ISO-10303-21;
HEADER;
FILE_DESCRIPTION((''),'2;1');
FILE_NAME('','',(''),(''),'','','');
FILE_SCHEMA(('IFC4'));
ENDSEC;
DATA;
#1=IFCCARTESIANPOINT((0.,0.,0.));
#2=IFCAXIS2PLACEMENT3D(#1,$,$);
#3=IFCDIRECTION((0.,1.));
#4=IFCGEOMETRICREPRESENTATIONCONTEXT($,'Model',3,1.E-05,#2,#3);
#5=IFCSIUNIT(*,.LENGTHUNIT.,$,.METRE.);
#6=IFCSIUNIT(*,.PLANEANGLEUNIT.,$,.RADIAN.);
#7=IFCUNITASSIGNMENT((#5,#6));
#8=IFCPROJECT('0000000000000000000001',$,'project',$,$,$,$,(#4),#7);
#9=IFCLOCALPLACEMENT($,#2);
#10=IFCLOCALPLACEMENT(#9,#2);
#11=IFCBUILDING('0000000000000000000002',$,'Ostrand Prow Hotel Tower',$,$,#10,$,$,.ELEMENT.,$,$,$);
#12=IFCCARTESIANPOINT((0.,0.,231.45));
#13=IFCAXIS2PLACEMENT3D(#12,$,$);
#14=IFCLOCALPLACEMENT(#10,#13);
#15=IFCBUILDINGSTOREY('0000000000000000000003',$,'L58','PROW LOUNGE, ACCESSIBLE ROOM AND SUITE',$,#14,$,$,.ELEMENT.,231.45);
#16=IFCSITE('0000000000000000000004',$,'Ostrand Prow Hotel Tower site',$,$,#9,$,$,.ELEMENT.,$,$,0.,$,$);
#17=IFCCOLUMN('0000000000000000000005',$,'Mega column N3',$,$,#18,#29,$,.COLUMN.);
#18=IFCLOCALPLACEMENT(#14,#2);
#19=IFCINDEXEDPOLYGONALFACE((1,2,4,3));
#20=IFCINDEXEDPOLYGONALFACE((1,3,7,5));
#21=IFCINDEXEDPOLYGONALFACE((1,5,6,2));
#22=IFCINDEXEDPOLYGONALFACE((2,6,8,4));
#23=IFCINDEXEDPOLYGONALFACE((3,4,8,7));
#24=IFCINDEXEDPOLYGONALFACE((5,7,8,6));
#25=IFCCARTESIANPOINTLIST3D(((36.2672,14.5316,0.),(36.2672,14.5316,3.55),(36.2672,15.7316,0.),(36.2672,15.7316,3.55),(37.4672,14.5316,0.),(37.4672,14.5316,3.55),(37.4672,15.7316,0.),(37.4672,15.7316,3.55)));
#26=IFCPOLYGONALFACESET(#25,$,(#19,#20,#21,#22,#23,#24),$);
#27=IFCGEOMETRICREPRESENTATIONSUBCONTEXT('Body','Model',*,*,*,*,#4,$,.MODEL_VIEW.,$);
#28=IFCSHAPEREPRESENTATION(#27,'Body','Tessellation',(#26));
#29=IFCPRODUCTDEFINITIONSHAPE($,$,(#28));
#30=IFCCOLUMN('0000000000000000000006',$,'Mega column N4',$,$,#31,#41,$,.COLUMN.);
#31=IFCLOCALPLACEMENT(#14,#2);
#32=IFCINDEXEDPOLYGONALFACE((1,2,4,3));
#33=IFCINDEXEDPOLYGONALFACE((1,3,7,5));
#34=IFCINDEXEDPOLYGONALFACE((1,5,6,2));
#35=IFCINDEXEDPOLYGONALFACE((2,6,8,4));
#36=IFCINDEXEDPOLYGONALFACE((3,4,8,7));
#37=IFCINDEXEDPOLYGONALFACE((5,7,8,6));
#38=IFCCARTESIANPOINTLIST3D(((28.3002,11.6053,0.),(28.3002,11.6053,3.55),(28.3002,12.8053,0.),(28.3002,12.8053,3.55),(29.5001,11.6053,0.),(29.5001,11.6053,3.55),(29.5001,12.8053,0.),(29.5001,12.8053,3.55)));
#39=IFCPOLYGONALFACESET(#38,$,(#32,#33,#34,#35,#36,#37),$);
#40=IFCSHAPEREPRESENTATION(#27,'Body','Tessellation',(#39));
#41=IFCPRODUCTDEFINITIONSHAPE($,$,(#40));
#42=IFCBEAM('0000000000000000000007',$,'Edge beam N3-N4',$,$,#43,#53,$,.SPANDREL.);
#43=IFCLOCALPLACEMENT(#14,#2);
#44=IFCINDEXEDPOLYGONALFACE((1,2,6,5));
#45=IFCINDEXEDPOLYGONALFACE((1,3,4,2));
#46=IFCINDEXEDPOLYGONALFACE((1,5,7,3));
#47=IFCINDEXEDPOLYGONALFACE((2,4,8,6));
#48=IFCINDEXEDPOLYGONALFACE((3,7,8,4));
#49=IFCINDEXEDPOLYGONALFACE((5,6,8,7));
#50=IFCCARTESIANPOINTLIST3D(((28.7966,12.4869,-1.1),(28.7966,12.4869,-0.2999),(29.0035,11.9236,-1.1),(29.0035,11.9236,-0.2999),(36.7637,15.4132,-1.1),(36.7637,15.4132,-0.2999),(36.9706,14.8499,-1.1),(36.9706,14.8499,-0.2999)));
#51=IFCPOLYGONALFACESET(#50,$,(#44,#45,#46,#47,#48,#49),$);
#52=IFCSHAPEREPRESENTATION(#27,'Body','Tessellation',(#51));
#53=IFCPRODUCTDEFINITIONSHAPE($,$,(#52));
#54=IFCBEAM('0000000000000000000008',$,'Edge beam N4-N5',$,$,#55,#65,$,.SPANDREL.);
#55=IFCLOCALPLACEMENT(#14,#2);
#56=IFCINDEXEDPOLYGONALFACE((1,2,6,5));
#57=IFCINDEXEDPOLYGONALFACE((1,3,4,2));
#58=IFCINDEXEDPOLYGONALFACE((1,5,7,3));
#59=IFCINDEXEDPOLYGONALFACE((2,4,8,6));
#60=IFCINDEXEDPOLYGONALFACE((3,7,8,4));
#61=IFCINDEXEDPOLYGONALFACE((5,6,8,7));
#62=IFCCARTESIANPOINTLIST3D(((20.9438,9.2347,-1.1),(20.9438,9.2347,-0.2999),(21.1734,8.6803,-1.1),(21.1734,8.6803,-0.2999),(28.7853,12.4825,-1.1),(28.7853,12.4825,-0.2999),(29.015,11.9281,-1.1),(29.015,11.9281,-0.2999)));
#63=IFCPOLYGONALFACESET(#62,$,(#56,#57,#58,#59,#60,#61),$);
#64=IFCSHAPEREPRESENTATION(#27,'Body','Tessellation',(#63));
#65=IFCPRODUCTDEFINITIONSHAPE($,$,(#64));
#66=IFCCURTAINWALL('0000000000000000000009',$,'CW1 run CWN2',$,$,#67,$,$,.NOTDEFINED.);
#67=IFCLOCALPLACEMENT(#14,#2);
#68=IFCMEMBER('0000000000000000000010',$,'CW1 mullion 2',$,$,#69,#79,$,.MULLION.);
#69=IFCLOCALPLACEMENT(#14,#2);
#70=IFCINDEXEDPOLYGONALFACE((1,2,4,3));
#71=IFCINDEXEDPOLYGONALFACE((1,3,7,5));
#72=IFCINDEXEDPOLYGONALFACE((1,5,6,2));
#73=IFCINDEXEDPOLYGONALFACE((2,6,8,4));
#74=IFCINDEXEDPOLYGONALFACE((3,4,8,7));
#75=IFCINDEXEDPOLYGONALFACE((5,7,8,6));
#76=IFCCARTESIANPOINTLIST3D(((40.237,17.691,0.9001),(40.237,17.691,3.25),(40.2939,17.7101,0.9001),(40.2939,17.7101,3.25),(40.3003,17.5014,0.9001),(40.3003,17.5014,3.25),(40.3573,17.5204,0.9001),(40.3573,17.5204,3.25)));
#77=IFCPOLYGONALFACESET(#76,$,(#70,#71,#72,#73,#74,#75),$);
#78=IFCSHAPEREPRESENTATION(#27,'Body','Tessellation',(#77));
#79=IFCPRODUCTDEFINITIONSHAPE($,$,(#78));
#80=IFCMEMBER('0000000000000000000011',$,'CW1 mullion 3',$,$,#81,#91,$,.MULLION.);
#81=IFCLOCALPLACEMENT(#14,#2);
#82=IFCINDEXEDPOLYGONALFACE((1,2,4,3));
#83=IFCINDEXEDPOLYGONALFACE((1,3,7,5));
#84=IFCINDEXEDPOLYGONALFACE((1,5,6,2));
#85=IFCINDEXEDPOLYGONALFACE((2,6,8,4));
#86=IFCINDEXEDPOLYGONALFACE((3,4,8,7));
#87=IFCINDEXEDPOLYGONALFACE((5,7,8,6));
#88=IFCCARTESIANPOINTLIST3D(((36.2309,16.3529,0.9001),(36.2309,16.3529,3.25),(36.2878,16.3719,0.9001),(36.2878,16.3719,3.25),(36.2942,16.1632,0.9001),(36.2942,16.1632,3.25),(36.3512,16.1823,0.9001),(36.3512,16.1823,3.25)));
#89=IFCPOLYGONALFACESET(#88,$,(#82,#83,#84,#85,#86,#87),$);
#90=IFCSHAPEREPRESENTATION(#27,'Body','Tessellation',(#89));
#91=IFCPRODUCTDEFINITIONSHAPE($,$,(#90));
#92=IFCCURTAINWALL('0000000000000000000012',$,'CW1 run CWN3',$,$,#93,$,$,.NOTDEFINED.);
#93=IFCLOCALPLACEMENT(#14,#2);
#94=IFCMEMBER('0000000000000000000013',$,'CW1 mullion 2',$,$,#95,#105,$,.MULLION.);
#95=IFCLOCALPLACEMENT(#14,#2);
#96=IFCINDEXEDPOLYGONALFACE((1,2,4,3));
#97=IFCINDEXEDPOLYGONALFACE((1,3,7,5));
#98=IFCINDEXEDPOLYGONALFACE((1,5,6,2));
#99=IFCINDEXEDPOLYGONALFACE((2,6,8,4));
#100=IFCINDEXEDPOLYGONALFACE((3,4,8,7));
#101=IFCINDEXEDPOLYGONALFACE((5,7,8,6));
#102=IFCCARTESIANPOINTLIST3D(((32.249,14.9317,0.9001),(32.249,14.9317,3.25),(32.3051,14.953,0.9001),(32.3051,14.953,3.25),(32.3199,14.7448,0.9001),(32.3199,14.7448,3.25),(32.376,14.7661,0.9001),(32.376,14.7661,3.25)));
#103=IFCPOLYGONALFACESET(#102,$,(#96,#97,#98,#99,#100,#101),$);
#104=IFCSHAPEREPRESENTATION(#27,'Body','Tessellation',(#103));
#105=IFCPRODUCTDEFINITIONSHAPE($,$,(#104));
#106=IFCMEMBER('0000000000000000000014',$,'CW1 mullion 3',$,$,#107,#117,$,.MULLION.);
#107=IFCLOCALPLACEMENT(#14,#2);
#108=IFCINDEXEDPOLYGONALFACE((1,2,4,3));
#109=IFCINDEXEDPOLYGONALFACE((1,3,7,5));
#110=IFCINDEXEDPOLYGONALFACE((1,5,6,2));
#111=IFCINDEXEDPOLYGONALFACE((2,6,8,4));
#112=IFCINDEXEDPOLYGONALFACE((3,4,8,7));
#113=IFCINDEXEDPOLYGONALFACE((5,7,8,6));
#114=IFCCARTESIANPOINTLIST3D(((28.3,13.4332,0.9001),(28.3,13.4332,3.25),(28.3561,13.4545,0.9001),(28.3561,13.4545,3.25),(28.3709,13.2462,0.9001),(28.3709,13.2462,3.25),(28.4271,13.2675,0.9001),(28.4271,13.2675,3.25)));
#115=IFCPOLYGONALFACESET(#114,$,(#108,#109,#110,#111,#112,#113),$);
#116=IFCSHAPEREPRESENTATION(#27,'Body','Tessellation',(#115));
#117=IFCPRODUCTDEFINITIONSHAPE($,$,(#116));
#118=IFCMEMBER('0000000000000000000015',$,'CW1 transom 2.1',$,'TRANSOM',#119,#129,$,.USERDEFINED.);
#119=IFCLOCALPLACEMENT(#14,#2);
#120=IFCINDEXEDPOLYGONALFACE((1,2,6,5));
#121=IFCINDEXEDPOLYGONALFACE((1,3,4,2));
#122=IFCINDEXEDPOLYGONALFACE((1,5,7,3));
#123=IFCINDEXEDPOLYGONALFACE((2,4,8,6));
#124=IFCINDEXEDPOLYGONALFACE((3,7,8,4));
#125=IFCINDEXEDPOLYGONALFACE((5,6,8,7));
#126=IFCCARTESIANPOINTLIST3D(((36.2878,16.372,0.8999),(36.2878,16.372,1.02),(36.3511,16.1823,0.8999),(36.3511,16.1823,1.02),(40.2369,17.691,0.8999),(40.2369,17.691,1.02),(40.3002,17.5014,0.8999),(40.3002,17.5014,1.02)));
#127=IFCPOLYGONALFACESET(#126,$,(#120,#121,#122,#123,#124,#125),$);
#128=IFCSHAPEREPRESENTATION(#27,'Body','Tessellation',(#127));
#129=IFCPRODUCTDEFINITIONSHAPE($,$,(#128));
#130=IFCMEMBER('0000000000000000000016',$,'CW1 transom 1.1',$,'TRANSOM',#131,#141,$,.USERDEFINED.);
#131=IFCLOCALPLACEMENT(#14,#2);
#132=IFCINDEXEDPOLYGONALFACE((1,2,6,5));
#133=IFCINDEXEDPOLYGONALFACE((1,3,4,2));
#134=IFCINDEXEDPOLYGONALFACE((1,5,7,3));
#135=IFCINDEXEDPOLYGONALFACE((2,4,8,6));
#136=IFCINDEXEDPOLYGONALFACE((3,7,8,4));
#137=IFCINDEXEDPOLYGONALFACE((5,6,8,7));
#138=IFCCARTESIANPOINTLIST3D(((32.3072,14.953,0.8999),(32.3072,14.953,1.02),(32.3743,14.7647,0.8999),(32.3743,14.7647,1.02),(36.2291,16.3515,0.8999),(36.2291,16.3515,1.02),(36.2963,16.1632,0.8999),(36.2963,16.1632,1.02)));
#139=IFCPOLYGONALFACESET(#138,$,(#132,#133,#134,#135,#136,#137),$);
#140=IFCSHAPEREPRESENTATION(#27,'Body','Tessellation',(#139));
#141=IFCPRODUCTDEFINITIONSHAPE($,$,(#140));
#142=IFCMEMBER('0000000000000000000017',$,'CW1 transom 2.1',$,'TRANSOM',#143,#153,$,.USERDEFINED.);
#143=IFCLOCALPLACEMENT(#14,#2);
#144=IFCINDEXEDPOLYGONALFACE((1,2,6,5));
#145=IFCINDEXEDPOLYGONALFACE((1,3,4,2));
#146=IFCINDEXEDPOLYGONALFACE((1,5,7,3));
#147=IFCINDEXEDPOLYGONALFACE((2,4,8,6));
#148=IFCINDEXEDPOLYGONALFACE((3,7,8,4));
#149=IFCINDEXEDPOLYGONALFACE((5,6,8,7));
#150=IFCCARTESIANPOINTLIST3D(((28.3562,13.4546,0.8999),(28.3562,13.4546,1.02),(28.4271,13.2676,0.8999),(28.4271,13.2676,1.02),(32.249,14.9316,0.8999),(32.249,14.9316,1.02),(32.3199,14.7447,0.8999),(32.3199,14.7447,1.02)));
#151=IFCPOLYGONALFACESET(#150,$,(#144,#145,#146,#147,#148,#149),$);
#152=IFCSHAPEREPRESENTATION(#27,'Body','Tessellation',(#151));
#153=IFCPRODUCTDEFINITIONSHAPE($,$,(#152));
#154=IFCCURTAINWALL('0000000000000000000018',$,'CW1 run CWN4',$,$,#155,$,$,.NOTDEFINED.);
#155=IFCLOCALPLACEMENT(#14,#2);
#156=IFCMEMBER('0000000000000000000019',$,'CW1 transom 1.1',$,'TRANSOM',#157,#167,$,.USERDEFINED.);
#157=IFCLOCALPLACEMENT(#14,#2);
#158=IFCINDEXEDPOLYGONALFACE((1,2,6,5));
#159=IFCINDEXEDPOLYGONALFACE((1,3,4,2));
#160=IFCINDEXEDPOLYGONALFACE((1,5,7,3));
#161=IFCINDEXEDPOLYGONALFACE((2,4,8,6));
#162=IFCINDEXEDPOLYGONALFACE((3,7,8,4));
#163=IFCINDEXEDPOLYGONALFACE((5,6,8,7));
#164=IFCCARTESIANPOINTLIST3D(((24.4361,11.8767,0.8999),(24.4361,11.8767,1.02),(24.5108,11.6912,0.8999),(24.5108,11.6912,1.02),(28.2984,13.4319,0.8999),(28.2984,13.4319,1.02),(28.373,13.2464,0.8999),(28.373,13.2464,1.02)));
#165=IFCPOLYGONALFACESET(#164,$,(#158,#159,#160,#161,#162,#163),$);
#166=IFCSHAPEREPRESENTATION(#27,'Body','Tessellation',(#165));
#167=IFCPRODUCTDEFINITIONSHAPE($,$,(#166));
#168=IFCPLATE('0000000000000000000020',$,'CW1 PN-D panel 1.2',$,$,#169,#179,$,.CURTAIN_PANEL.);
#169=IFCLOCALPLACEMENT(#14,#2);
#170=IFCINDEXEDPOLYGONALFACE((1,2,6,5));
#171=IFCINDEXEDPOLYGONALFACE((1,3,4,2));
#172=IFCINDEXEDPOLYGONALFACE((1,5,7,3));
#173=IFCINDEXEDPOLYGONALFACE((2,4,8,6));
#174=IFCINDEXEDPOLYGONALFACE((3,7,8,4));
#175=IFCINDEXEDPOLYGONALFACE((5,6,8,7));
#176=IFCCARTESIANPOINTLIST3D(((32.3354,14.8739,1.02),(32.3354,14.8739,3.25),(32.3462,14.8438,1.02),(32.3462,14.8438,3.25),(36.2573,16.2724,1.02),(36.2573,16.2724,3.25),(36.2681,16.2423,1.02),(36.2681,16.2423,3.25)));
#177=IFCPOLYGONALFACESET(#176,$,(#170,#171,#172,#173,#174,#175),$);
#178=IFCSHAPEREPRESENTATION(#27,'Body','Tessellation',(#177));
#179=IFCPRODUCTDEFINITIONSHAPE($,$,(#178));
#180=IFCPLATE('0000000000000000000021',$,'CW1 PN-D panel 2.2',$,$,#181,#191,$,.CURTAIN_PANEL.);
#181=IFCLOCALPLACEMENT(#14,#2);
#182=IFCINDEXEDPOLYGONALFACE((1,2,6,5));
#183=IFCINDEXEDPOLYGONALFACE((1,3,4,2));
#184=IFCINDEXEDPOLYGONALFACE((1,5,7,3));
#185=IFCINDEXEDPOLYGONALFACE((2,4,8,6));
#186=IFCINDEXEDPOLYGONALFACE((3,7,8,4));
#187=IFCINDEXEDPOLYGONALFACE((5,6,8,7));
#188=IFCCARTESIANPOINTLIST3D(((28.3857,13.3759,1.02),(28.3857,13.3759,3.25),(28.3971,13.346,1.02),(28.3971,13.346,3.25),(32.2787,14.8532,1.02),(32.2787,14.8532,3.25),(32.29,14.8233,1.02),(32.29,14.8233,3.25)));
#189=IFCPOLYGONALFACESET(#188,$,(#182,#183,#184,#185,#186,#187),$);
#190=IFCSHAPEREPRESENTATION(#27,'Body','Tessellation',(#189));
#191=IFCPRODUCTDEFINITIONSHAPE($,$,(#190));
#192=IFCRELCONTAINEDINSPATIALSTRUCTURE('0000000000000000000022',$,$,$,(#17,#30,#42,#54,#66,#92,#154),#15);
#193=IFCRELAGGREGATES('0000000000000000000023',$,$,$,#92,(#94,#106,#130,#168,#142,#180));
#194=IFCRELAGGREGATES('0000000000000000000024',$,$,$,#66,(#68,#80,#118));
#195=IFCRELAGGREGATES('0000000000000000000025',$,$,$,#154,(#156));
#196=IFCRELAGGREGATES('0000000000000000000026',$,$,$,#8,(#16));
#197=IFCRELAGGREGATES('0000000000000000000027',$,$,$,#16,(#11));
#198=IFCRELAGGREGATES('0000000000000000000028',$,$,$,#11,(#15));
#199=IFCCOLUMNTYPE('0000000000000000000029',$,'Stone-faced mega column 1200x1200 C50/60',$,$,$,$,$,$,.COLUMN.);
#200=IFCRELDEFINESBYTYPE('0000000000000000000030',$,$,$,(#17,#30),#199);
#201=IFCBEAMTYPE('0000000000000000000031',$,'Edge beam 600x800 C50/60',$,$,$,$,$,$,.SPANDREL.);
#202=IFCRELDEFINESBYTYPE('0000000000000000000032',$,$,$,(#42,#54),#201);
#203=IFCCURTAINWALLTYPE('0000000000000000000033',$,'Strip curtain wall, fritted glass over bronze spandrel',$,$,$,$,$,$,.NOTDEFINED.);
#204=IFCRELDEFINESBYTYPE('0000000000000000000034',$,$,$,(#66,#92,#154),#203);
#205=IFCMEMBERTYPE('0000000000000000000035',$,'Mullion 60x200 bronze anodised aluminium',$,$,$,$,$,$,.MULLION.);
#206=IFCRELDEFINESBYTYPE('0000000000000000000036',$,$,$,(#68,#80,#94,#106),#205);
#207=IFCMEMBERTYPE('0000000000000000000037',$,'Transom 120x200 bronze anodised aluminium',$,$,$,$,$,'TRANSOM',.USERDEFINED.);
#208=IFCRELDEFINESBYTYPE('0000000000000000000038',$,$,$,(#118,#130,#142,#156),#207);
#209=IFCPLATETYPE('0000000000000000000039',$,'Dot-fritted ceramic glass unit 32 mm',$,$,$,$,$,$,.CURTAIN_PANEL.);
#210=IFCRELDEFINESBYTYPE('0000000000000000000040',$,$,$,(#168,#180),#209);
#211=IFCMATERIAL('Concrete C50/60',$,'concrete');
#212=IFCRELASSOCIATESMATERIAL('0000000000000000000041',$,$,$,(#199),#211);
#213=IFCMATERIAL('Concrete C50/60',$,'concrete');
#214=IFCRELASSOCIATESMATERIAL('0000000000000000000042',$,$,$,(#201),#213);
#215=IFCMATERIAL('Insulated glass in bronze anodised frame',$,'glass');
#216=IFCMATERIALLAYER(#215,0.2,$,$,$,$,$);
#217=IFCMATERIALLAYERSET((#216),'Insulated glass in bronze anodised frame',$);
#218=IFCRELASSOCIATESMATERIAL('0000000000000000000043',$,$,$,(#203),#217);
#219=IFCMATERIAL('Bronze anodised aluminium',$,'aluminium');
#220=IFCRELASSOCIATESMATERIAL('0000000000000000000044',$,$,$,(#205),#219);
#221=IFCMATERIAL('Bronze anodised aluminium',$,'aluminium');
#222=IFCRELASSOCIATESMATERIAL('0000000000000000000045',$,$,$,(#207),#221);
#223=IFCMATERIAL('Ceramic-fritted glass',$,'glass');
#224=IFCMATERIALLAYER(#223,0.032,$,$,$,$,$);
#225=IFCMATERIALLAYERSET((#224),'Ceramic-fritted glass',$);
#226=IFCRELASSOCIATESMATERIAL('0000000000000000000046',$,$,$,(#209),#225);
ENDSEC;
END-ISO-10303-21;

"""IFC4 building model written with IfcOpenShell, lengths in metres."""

from ifc_helpers import new_model, si_unit, direction, frame, origin, origin_2d, place, context, subcontext, project, spatial, rectangle, extrude, material, layer, layer_set, material_profile, profile_set, type_object, element, aggregate, save


model = new_model("IFC4")

# Units and contexts
model_context = context("Model", 3, precision=1e-05, world=origin(), true_north=direction((0.0, 1.0)))
body_context = subcontext(model_context, "Body", "Model", "MODEL_VIEW")
ifc_project = project(units=[si_unit("LENGTHUNIT", "METRE"), si_unit("PLANEANGLEUNIT", "RADIAN")], contexts=[model_context])

# Site, building, storey
site_placement = place(None, origin())
site = spatial("IfcSite", under=ifc_project, at=site_placement, Name="Ostrand Prow Hotel Tower site", CompositionType="ELEMENT", RefElevation=0.0)
building_placement = place(site_placement, origin())
building = spatial("IfcBuilding", under=site, at=building_placement, Name="Ostrand Prow Hotel Tower", CompositionType="ELEMENT")
storey_placement = place(building_placement, frame((0.0, 0.0, 231.45)))
storey = spatial("IfcBuildingStorey", under=building, at=storey_placement, Name="L58", Description="PROW LOUNGE, ACCESSIBLE ROOM AND SUITE", CompositionType="ELEMENT", Elevation=231.45)

# Columns
ifc_material_1 = material(Name="Concrete C50/60", Category="concrete")
ifc_material_profile_1 = material_profile(ifc_material_1, rectangle(XDim=1.2, YDim=1.2, at=origin_2d()), Name="RC 1200x1200")
ifc_profile_set_1 = profile_set([ifc_material_profile_1], Name="Concrete C50/60")
column_type = type_object("IfcColumnType", Name="Stone-faced mega column 1200x1200 C50/60", PredefinedType="COLUMN", material=ifc_profile_set_1)
for number, where, z_axis, x_axis, name in (
    (1, (36.8672, 15.1316, 0.0), (0.0, 0.0, 1.0), (1.0, 0.0, 0.0), "Mega column N3"),
    (2, (28.9001, 12.2053, 0.0), (0.0, 0.0, 1.0), (1.0, 0.0, 0.0), "Mega column N4"),
):
    element("IfcColumn", number, at=place(storey_placement, frame(where, z_axis=z_axis, x_axis=x_axis)), inside=storey, type_object=column_type, Name=name, PredefinedType="COLUMN", context=body_context, shape_type="SweptSolid", body=[
        extrude(rectangle(XDim=1.2, YDim=1.2, at=origin_2d()), origin(), (0.0, 0.0, 1.0), 3.55),
    ])

# Beams
ifc_material_2 = material(Name="Concrete C50/60", Category="concrete")
ifc_material_profile_2 = material_profile(ifc_material_2, rectangle(XDim=0.6001, YDim=0.8, at=origin_2d()), Name="RC 600x800")
ifc_profile_set_2 = profile_set([ifc_material_profile_2], Name="Concrete C50/60")
beam_type = type_object("IfcBeamType", Name="Edge beam 600x800 C50/60", PredefinedType="SPANDREL", material=ifc_profile_set_2)
for number, where, z_axis, x_axis, name in (
    (3, (36.8672, 15.1316, -0.7), (-0.938685, -0.344776, 0.0), (0.344776, -0.938685, 0.0), "Edge beam N3-N4"),
    (4, (28.9001, 12.2053, -0.7), (-0.923891, -0.382656, 0.0), (0.382656, -0.923891, 0.0), "Edge beam N4-N5"),
):
    element("IfcBeam", number, at=place(storey_placement, frame(where, z_axis=z_axis, x_axis=x_axis)), inside=storey, type_object=beam_type, Name=name, PredefinedType="SPANDREL", context=body_context, shape_type="SweptSolid", body=[
        extrude(rectangle(XDim=0.6001, YDim=0.8, at=origin_2d()), origin(), (0.0, 0.0, 1.0), 8.4875),
    ])

# Curtain walls, members
ifc_material_3 = material(Name="Insulated glass in bronze anodised frame", Category="glass")
ifc_layer_1 = layer(ifc_material_3, 0.2)
ifc_layer_set_1 = layer_set([ifc_layer_1], Name="Insulated glass in bronze anodised frame")
curtain_wall_type = type_object("IfcCurtainWallType", Name="Strip curtain wall, fritted glass over bronze spandrel", PredefinedType="NOTDEFINED", material=ifc_layer_set_1)
curtain_wall_1_placement = place(storey_placement, origin())
curtain_wall_1 = element("IfcCurtainWall", 5, at=curtain_wall_1_placement, inside=storey, type_object=curtain_wall_type, Name="CW1 run CWN2", PredefinedType="NOTDEFINED")
ifc_material_4 = material(Name="Bronze anodised aluminium", Category="aluminium")
ifc_material_profile_3 = material_profile(ifc_material_4, rectangle(XDim=0.2, YDim=0.0601, at=origin_2d()), Name="Mullion 60x200 bronze anodised aluminium")
ifc_profile_set_3 = profile_set([ifc_material_profile_3], Name="Bronze anodised aluminium")
member_type_1 = type_object("IfcMemberType", Name="Mullion 60x200 bronze anodised aluminium", PredefinedType="MULLION", material=ifc_profile_set_3)
member_1_placement = place(storey_placement, frame((40.2971, 17.6057, 0.9001), z_axis=(0.0, 0.0, 1.0), x_axis=(0.316841, -0.948479, 0.0)))
member_1 = element("IfcMember", 6, at=member_1_placement, type_object=member_type_1, Name="CW1 mullion 2", PredefinedType="MULLION", context=body_context, shape_type="SweptSolid", body=[
    extrude(rectangle(XDim=0.2, YDim=0.0601, at=origin_2d()), origin(), (0.0, 0.0, 1.0), 2.3499),
])
member_2_placement = place(storey_placement, frame((36.291, 16.2676, 0.9001), z_axis=(0.0, 0.0, 1.0), x_axis=(0.316841, -0.948479, 0.0)))
member_2 = element("IfcMember", 7, at=member_2_placement, type_object=member_type_1, Name="CW1 mullion 3", PredefinedType="MULLION", context=body_context, shape_type="SweptSolid", body=[
    extrude(rectangle(XDim=0.2, YDim=0.0601, at=origin_2d()), origin(), (0.0, 0.0, 1.0), 2.3499),
])
curtain_wall_2_placement = place(storey_placement, origin())
curtain_wall_2 = element("IfcCurtainWall", 8, at=curtain_wall_2_placement, inside=storey, type_object=curtain_wall_type, Name="CW1 run CWN3", PredefinedType="NOTDEFINED")
member_3_placement = place(storey_placement, frame((32.3125, 14.8489, 0.9001), z_axis=(0.0, 0.0, 1.0), x_axis=(0.354777, -0.934951, 0.0)))
member_3 = element("IfcMember", 9, at=member_3_placement, type_object=member_type_1, Name="CW1 mullion 2", PredefinedType="MULLION", context=body_context, shape_type="SweptSolid", body=[
    extrude(rectangle(XDim=0.2, YDim=0.0601, at=origin_2d()), origin(), (0.0, 0.0, 1.0), 2.3499),
])
member_4_placement = place(storey_placement, frame((28.3635, 13.3503, 0.9001), z_axis=(0.0, 0.0, 1.0), x_axis=(0.354777, -0.934951, 0.0)))
member_4 = element("IfcMember", 10, at=member_4_placement, type_object=member_type_1, Name="CW1 mullion 3", PredefinedType="MULLION", context=body_context, shape_type="SweptSolid", body=[
    extrude(rectangle(XDim=0.2, YDim=0.0601, at=origin_2d()), origin(), (0.0, 0.0, 1.0), 2.3499),
])

# Members
ifc_material_5 = material(Name="Bronze anodised aluminium", Category="aluminium")
ifc_material_profile_4 = material_profile(ifc_material_5, rectangle(XDim=0.2, YDim=0.1201, at=origin_2d()), Name="Transom 120x200 bronze anodised aluminium")
ifc_profile_set_4 = profile_set([ifc_material_profile_4], Name="Bronze anodised aluminium")
member_type_2 = type_object("IfcMemberType", Name="Transom 120x200 bronze anodised aluminium", ElementType="TRANSOM", PredefinedType="USERDEFINED", material=ifc_profile_set_4)
member_5_placement = place(storey_placement, frame((40.2686, 17.5962, 0.96), z_axis=(-0.94849, -0.316808, 0.0), x_axis=(0.316808, -0.94849, 0.0)))
member_5 = element("IfcMember", 11, at=member_5_placement, type_object=member_type_2, Name="CW1 transom 2.1", ObjectType="TRANSOM", PredefinedType="USERDEFINED", context=body_context, shape_type="SweptSolid", body=[
    extrude(rectangle(XDim=0.2, YDim=0.1201, at=origin_2d()), origin(), (0.0, 0.0, 1.0), 4.1636),
])
member_6_placement = place(storey_placement, frame((36.2627, 16.2573, 0.96), z_axis=(-0.941912, -0.335861, 0.0), x_axis=(0.335861, -0.941912, 0.0)))
member_6 = element("IfcMember", 12, at=member_6_placement, type_object=member_type_2, Name="CW1 transom 1.1", ObjectType="TRANSOM", PredefinedType="USERDEFINED", context=body_context, shape_type="SweptSolid", body=[
    extrude(rectangle(XDim=0.2, YDim=0.1201, at=origin_2d()), origin(), (0.0, 0.0, 1.0), 4.1638),
])
member_7_placement = place(storey_placement, frame((32.2844, 14.8381, 0.96), z_axis=(-0.934961, -0.354751, 0.0), x_axis=(0.354751, -0.934961, 0.0)))
member_7 = element("IfcMember", 13, at=member_7_placement, type_object=member_type_2, Name="CW1 transom 2.1", ObjectType="TRANSOM", PredefinedType="USERDEFINED", context=body_context, shape_type="SweptSolid", body=[
    extrude(rectangle(XDim=0.2, YDim=0.1201, at=origin_2d()), origin(), (0.0, 0.0, 1.0), 4.1636),
])

# Curtain wall, member
curtain_wall_3_placement = place(storey_placement, origin())
curtain_wall_3 = element("IfcCurtainWall", 14, at=curtain_wall_3_placement, inside=storey, type_object=curtain_wall_type, Name="CW1 run CWN4", PredefinedType="NOTDEFINED")
member_8_placement = place(storey_placement, frame((28.3357, 13.3391, 0.96), z_axis=(-0.927625, -0.373513, 0.0), x_axis=(0.373513, -0.927625, 0.0)))
member_8 = element("IfcMember", 15, at=member_8_placement, type_object=member_type_2, Name="CW1 transom 1.1", ObjectType="TRANSOM", PredefinedType="USERDEFINED", context=body_context, shape_type="SweptSolid", body=[
    extrude(rectangle(XDim=0.2, YDim=0.1201, at=origin_2d()), origin(), (0.0, 0.0, 1.0), 4.1636),
])

# Plates
ifc_material_6 = material(Name="Ceramic-fritted glass", Category="glass")
ifc_layer_2 = layer(ifc_material_6, 0.032)
ifc_layer_set_2 = layer_set([ifc_layer_2], Name="Ceramic-fritted glass")
plate_type_1 = type_object("IfcPlateType", Name="Dot-fritted ceramic glass unit 32 mm", PredefinedType="CURTAIN_PANEL", material=ifc_layer_set_2)
plate_1_placement = place(storey_placement, frame((34.3018, 15.5581, 1.02), z_axis=(0.0, 0.0, 1.0), x_axis=(-0.941906, -0.335877, 0.0)))
plate_1 = element("IfcPlate", 16, at=plate_1_placement, type_object=plate_type_1, Name="CW1 PN-D panel 1.2", PredefinedType="CURTAIN_PANEL", context=body_context, shape_type="SweptSolid", body=[
    extrude(rectangle(XDim=4.1638, YDim=0.032, at=origin_2d()), origin(), (0.0, 0.0, 1.0), 2.23),
])
plate_2_placement = place(storey_placement, frame((30.3379, 14.0996, 1.02), z_axis=(0.0, 0.0, 1.0), x_axis=(-0.934951, -0.354777, 0.0)))
plate_2 = element("IfcPlate", 17, at=plate_2_placement, type_object=plate_type_1, Name="CW1 PN-D panel 2.2", PredefinedType="CURTAIN_PANEL", context=body_context, shape_type="SweptSolid", body=[
    extrude(rectangle(XDim=4.1638, YDim=0.032, at=origin_2d()), origin(), (0.0, 0.0, 1.0), 2.23),
])
aggregate(curtain_wall_2, [member_3, member_4, member_6, plate_1, member_7, plate_2])
aggregate(curtain_wall_1, [member_1, member_2, member_5])
aggregate(curtain_wall_3, [member_8])

save(model, "model.ifc")
